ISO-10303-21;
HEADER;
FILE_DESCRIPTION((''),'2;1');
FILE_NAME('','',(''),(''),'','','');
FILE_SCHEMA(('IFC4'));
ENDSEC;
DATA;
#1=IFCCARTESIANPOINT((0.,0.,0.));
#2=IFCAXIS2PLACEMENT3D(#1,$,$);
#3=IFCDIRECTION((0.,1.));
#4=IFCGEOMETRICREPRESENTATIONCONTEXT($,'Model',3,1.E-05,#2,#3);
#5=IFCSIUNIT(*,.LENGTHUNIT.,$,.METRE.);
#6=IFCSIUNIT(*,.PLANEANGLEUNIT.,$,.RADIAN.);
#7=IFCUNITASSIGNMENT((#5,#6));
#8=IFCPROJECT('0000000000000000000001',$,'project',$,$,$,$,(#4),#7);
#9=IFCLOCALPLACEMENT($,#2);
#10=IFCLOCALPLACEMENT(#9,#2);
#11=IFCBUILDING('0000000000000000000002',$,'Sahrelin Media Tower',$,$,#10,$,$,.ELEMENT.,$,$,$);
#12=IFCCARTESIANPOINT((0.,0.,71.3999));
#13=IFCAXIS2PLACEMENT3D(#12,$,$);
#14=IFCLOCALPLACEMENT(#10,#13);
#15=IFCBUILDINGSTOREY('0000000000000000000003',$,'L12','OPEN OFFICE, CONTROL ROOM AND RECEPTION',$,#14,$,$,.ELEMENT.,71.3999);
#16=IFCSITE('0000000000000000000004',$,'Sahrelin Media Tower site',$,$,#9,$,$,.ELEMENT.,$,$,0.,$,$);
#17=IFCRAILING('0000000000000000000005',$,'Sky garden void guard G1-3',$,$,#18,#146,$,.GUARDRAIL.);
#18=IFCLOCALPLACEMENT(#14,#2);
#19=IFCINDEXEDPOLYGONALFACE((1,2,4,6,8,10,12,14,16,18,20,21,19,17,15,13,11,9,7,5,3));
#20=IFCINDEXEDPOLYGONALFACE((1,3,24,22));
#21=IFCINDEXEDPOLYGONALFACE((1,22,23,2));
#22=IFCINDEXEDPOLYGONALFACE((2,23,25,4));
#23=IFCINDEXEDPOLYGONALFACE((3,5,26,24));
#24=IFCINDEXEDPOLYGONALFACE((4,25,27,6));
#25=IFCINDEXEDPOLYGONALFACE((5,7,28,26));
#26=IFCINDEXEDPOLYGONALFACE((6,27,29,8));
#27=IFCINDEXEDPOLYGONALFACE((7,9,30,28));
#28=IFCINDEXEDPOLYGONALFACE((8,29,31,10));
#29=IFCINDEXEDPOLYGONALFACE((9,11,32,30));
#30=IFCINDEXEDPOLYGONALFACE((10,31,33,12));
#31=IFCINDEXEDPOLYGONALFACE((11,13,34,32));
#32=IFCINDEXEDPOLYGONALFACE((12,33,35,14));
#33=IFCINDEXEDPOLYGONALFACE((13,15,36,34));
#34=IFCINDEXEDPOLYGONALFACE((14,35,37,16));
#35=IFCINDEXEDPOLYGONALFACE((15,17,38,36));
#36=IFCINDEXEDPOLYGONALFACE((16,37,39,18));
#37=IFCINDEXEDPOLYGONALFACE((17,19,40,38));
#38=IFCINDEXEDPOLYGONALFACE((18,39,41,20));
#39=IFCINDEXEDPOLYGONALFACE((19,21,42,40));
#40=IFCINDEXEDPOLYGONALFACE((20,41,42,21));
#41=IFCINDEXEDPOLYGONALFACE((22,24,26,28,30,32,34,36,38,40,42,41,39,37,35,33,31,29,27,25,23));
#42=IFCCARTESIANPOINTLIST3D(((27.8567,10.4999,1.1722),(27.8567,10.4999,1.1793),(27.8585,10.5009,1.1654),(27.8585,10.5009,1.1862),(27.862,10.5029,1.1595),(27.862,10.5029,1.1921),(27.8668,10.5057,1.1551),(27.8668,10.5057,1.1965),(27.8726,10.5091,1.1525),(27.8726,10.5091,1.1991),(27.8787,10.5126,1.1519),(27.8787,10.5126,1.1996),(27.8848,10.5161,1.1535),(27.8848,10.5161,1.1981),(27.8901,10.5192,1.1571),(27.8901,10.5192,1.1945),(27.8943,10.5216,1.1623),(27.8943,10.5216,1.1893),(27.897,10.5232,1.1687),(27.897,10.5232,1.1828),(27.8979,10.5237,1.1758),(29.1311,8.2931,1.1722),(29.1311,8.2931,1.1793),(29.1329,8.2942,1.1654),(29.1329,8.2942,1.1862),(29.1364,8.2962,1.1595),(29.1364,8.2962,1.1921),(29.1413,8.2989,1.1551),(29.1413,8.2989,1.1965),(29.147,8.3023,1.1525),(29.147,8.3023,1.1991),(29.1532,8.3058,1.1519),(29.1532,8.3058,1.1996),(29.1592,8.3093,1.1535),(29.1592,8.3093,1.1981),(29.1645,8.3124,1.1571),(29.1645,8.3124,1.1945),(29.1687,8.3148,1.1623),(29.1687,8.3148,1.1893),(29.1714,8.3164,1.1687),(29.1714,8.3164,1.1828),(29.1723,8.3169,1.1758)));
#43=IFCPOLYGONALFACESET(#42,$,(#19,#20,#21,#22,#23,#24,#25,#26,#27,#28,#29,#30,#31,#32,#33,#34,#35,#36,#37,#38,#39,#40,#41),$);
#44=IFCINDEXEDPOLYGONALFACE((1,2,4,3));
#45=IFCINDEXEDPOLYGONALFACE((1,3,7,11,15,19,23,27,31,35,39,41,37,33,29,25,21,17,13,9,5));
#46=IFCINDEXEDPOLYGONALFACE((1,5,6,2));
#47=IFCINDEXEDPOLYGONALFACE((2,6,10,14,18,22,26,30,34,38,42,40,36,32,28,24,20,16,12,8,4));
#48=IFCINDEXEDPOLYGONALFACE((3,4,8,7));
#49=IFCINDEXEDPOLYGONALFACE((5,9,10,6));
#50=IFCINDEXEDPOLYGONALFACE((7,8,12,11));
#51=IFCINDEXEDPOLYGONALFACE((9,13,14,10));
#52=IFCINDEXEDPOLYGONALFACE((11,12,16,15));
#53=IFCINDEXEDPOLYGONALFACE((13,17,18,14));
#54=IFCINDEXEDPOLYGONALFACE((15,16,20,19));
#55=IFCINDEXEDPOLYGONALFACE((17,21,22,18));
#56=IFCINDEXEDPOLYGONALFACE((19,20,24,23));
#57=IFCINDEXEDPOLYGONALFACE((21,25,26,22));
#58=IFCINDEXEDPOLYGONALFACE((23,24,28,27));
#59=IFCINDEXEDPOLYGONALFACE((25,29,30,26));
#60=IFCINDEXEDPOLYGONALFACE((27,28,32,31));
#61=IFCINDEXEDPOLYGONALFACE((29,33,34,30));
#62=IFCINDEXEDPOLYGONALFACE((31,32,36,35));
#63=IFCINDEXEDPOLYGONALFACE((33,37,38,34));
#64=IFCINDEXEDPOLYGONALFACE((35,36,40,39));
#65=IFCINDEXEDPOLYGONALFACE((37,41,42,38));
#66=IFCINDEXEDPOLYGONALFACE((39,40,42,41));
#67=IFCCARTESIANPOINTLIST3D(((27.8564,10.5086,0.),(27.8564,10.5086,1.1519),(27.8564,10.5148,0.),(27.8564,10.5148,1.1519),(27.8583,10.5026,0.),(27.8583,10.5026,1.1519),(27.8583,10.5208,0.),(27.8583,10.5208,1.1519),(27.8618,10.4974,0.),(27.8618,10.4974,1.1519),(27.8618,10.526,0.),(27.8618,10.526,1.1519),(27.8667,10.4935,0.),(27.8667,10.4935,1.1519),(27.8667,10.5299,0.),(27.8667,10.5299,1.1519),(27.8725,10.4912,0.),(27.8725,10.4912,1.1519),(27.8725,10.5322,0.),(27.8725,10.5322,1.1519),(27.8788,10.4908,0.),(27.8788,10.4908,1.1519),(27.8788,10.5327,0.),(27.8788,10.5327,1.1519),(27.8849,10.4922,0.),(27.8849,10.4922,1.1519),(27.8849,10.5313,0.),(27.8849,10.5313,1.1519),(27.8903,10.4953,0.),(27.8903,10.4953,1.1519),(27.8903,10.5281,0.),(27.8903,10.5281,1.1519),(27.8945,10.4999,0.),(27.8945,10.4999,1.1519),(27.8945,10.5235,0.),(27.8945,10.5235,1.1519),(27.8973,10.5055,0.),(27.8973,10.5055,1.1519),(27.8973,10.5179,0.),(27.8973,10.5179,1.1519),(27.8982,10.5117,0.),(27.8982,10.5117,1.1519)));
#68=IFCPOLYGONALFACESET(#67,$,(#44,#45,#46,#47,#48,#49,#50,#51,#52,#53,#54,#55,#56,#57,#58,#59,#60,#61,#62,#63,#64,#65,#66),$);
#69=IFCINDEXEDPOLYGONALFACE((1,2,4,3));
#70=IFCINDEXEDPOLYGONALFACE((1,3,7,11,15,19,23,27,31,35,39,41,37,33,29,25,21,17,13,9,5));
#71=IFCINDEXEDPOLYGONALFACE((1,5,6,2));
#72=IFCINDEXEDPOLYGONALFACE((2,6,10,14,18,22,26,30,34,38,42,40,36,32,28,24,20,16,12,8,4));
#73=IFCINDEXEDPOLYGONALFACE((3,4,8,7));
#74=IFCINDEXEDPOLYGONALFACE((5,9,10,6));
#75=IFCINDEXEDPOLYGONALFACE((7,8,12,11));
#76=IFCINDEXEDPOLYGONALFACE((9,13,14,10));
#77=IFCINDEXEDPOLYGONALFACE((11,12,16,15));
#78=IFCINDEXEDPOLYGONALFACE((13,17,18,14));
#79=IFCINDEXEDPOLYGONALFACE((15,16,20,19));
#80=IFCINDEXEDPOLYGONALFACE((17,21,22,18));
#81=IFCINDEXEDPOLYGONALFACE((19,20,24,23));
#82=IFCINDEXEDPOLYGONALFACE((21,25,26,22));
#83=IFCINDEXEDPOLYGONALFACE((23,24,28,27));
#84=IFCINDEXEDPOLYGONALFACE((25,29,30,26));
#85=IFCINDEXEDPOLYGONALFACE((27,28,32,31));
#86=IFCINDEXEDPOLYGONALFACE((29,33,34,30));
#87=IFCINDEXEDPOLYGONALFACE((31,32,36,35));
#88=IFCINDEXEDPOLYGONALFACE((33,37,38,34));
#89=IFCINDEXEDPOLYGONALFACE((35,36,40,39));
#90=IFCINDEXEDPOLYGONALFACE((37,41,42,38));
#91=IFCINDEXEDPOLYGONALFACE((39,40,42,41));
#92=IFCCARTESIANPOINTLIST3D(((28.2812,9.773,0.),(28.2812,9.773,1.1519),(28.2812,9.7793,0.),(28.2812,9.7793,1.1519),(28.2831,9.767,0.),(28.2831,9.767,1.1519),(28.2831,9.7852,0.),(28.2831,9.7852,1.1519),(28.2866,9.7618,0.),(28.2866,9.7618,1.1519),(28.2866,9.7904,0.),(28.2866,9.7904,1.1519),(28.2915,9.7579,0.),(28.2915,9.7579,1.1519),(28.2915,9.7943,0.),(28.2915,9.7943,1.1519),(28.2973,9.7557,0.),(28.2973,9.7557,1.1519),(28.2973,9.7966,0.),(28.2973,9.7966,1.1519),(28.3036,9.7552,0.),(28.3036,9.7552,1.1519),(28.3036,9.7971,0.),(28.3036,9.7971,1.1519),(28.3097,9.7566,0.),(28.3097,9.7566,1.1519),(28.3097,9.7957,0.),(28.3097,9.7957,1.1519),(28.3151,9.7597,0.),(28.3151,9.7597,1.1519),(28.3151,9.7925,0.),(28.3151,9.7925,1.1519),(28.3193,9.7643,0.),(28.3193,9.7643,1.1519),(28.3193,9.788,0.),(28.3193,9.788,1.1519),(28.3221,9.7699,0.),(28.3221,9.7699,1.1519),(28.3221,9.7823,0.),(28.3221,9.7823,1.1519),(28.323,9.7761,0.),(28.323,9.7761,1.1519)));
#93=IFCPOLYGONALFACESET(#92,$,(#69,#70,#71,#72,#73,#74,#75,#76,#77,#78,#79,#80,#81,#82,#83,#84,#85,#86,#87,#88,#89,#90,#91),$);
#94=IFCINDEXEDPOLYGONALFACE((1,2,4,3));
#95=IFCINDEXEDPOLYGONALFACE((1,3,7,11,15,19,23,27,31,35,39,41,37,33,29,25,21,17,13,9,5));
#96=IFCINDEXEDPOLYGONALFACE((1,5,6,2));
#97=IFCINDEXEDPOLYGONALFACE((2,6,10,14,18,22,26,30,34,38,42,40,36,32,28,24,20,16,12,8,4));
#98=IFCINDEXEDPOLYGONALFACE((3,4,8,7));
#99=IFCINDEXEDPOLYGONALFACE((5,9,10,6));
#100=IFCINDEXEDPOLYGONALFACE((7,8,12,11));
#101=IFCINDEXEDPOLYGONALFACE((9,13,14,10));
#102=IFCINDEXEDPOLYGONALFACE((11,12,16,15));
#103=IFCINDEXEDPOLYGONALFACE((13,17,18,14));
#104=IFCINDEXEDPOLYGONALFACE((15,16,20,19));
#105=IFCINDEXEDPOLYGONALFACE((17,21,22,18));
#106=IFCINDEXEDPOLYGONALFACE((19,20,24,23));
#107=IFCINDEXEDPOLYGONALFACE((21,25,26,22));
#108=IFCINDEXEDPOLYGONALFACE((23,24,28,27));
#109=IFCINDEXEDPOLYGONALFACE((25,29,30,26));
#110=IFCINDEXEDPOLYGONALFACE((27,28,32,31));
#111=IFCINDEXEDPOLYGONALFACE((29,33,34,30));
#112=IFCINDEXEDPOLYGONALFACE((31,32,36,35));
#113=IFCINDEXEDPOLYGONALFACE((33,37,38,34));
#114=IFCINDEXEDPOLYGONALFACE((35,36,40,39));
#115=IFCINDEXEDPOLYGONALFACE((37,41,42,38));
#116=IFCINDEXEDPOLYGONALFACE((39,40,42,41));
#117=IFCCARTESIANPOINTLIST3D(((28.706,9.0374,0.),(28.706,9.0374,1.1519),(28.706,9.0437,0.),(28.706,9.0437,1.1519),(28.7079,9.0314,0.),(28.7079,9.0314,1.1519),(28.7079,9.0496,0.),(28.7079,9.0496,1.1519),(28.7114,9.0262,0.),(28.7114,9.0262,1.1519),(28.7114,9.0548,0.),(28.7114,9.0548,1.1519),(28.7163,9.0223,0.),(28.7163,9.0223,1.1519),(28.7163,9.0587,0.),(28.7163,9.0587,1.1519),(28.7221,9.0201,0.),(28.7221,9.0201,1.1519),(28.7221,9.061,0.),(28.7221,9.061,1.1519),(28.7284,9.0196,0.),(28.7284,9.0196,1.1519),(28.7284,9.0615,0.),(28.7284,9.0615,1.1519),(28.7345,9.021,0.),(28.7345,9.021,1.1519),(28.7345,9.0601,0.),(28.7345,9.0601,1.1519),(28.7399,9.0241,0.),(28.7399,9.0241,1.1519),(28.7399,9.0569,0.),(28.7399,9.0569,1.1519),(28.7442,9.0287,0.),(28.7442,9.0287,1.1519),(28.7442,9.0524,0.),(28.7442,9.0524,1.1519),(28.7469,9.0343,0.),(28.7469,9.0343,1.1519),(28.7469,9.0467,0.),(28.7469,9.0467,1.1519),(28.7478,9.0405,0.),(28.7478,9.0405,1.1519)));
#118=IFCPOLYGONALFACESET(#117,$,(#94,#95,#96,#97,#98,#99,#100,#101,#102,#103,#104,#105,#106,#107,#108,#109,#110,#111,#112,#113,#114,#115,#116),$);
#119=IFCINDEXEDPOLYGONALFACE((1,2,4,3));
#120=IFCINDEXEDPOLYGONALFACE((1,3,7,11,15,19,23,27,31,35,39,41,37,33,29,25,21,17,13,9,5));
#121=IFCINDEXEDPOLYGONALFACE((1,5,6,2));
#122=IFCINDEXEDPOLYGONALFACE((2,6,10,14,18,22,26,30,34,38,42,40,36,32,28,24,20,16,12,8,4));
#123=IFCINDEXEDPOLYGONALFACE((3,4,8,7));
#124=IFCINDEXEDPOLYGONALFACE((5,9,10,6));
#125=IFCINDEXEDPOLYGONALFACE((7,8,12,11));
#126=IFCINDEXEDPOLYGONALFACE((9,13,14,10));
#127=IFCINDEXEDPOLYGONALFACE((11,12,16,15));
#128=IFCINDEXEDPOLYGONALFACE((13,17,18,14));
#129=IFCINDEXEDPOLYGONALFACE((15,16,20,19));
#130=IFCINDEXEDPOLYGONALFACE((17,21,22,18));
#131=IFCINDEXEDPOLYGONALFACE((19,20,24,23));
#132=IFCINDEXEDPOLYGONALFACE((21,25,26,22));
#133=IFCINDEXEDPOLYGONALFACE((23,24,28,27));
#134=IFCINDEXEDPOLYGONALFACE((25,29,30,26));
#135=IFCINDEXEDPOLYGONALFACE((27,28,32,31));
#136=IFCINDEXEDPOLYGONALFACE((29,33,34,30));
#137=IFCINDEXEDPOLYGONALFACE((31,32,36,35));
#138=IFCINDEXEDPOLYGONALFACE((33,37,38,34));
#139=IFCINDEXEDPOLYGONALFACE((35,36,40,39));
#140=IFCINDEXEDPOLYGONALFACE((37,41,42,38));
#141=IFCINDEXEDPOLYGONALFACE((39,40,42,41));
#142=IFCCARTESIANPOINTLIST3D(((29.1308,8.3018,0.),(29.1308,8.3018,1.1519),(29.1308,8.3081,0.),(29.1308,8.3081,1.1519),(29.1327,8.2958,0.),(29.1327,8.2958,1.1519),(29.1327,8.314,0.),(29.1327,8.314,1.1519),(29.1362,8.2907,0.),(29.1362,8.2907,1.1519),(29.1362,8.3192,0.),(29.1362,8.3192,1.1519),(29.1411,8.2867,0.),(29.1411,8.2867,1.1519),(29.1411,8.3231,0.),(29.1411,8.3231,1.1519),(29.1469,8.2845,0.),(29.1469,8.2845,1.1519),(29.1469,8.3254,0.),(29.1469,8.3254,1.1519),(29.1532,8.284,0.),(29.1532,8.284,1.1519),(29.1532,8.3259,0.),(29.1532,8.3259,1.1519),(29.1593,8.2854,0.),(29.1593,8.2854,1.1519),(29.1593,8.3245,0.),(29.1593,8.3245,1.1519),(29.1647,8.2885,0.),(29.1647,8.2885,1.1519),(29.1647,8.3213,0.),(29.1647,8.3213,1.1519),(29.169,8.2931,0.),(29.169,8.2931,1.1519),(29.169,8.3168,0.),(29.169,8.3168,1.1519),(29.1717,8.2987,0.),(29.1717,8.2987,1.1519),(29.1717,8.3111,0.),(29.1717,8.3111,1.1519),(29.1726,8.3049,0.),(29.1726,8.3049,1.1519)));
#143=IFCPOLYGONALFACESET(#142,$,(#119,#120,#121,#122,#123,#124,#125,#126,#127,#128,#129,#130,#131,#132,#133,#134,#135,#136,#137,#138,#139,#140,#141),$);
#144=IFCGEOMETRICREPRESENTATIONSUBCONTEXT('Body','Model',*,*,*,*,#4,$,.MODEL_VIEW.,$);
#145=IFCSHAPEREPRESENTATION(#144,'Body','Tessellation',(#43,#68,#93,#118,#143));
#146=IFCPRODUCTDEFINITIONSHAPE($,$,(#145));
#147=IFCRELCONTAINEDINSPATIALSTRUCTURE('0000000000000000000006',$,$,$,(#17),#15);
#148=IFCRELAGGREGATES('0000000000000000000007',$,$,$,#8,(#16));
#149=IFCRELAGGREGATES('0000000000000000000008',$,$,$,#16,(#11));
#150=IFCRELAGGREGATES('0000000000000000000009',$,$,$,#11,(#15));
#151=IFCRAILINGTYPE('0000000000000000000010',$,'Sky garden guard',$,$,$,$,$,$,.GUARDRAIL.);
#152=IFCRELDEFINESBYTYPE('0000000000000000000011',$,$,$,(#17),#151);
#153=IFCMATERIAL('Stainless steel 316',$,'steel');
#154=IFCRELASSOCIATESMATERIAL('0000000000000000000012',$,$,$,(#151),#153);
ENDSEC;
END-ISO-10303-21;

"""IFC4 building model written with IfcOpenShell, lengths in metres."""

from ifc_helpers import new_model, si_unit, direction, frame, origin, origin_2d, place, context, subcontext, project, spatial, circle, extrude, material, type_object, element, save


model = new_model("IFC4")

# Units and contexts
model_context = context("Model", 3, precision=1e-05, world=origin(), true_north=direction((0.0, 1.0)))
body_context = subcontext(model_context, "Body", "Model", "MODEL_VIEW")
ifc_project = project(units=[si_unit("LENGTHUNIT", "METRE"), si_unit("PLANEANGLEUNIT", "RADIAN")], contexts=[model_context])

# Site, building, storey
site_placement = place(None, origin())
site = spatial("IfcSite", under=ifc_project, at=site_placement, Name="Sahrelin Media Tower site", CompositionType="ELEMENT", RefElevation=0.0)
building_placement = place(site_placement, origin())
building = spatial("IfcBuilding", under=site, at=building_placement, Name="Sahrelin Media Tower", CompositionType="ELEMENT")
storey_placement = place(building_placement, frame((0.0, 0.0, 71.3999)))
storey = spatial("IfcBuildingStorey", under=building, at=storey_placement, Name="L12", Description="OPEN OFFICE, CONTROL ROOM AND RECEPTION", CompositionType="ELEMENT", Elevation=71.3999)

# Railing
ifc_material_1 = material(Name="Stainless steel 316", Category="steel")
railing_type = type_object("IfcRailingType", Name="Sky garden guard", PredefinedType="GUARDRAIL", material=ifc_material_1)
railing_1_placement = place(storey_placement, frame((27.8772, 10.5117, 0.0)))
element("IfcRailing", 1, at=railing_1_placement, inside=storey, type_object=railing_type, Name="Sky garden void guard G1-3", PredefinedType="GUARDRAIL", context=body_context, shape_type="SweptSolid", body=[
    extrude(circle(Radius=0.0239, at=origin_2d()), frame((0.0, 0.0, 1.1758), z_axis=(0.500096, -0.86597, 0.0), x_axis=(0.86597, 0.500096, 0.0)), (0.0, 0.0, 1.0), 2.5483),
    extrude(circle(Radius=0.021, at=origin_2d()), origin(), (0.0, 0.0, 1.0), 1.1519),
    extrude(circle(Radius=0.021, at=origin_2d()), frame((0.4248, -0.7356, 0.0)), (0.0, 0.0, 1.0), 1.1519),
    extrude(circle(Radius=0.021, at=origin_2d()), frame((0.8496, -1.4712, 0.0)), (0.0, 0.0, 1.0), 1.1519),
    extrude(circle(Radius=0.021, at=origin_2d()), frame((1.2744, -2.2068, 0.0)), (0.0, 0.0, 1.0), 1.1519),
])

save(model, "model.ifc")
